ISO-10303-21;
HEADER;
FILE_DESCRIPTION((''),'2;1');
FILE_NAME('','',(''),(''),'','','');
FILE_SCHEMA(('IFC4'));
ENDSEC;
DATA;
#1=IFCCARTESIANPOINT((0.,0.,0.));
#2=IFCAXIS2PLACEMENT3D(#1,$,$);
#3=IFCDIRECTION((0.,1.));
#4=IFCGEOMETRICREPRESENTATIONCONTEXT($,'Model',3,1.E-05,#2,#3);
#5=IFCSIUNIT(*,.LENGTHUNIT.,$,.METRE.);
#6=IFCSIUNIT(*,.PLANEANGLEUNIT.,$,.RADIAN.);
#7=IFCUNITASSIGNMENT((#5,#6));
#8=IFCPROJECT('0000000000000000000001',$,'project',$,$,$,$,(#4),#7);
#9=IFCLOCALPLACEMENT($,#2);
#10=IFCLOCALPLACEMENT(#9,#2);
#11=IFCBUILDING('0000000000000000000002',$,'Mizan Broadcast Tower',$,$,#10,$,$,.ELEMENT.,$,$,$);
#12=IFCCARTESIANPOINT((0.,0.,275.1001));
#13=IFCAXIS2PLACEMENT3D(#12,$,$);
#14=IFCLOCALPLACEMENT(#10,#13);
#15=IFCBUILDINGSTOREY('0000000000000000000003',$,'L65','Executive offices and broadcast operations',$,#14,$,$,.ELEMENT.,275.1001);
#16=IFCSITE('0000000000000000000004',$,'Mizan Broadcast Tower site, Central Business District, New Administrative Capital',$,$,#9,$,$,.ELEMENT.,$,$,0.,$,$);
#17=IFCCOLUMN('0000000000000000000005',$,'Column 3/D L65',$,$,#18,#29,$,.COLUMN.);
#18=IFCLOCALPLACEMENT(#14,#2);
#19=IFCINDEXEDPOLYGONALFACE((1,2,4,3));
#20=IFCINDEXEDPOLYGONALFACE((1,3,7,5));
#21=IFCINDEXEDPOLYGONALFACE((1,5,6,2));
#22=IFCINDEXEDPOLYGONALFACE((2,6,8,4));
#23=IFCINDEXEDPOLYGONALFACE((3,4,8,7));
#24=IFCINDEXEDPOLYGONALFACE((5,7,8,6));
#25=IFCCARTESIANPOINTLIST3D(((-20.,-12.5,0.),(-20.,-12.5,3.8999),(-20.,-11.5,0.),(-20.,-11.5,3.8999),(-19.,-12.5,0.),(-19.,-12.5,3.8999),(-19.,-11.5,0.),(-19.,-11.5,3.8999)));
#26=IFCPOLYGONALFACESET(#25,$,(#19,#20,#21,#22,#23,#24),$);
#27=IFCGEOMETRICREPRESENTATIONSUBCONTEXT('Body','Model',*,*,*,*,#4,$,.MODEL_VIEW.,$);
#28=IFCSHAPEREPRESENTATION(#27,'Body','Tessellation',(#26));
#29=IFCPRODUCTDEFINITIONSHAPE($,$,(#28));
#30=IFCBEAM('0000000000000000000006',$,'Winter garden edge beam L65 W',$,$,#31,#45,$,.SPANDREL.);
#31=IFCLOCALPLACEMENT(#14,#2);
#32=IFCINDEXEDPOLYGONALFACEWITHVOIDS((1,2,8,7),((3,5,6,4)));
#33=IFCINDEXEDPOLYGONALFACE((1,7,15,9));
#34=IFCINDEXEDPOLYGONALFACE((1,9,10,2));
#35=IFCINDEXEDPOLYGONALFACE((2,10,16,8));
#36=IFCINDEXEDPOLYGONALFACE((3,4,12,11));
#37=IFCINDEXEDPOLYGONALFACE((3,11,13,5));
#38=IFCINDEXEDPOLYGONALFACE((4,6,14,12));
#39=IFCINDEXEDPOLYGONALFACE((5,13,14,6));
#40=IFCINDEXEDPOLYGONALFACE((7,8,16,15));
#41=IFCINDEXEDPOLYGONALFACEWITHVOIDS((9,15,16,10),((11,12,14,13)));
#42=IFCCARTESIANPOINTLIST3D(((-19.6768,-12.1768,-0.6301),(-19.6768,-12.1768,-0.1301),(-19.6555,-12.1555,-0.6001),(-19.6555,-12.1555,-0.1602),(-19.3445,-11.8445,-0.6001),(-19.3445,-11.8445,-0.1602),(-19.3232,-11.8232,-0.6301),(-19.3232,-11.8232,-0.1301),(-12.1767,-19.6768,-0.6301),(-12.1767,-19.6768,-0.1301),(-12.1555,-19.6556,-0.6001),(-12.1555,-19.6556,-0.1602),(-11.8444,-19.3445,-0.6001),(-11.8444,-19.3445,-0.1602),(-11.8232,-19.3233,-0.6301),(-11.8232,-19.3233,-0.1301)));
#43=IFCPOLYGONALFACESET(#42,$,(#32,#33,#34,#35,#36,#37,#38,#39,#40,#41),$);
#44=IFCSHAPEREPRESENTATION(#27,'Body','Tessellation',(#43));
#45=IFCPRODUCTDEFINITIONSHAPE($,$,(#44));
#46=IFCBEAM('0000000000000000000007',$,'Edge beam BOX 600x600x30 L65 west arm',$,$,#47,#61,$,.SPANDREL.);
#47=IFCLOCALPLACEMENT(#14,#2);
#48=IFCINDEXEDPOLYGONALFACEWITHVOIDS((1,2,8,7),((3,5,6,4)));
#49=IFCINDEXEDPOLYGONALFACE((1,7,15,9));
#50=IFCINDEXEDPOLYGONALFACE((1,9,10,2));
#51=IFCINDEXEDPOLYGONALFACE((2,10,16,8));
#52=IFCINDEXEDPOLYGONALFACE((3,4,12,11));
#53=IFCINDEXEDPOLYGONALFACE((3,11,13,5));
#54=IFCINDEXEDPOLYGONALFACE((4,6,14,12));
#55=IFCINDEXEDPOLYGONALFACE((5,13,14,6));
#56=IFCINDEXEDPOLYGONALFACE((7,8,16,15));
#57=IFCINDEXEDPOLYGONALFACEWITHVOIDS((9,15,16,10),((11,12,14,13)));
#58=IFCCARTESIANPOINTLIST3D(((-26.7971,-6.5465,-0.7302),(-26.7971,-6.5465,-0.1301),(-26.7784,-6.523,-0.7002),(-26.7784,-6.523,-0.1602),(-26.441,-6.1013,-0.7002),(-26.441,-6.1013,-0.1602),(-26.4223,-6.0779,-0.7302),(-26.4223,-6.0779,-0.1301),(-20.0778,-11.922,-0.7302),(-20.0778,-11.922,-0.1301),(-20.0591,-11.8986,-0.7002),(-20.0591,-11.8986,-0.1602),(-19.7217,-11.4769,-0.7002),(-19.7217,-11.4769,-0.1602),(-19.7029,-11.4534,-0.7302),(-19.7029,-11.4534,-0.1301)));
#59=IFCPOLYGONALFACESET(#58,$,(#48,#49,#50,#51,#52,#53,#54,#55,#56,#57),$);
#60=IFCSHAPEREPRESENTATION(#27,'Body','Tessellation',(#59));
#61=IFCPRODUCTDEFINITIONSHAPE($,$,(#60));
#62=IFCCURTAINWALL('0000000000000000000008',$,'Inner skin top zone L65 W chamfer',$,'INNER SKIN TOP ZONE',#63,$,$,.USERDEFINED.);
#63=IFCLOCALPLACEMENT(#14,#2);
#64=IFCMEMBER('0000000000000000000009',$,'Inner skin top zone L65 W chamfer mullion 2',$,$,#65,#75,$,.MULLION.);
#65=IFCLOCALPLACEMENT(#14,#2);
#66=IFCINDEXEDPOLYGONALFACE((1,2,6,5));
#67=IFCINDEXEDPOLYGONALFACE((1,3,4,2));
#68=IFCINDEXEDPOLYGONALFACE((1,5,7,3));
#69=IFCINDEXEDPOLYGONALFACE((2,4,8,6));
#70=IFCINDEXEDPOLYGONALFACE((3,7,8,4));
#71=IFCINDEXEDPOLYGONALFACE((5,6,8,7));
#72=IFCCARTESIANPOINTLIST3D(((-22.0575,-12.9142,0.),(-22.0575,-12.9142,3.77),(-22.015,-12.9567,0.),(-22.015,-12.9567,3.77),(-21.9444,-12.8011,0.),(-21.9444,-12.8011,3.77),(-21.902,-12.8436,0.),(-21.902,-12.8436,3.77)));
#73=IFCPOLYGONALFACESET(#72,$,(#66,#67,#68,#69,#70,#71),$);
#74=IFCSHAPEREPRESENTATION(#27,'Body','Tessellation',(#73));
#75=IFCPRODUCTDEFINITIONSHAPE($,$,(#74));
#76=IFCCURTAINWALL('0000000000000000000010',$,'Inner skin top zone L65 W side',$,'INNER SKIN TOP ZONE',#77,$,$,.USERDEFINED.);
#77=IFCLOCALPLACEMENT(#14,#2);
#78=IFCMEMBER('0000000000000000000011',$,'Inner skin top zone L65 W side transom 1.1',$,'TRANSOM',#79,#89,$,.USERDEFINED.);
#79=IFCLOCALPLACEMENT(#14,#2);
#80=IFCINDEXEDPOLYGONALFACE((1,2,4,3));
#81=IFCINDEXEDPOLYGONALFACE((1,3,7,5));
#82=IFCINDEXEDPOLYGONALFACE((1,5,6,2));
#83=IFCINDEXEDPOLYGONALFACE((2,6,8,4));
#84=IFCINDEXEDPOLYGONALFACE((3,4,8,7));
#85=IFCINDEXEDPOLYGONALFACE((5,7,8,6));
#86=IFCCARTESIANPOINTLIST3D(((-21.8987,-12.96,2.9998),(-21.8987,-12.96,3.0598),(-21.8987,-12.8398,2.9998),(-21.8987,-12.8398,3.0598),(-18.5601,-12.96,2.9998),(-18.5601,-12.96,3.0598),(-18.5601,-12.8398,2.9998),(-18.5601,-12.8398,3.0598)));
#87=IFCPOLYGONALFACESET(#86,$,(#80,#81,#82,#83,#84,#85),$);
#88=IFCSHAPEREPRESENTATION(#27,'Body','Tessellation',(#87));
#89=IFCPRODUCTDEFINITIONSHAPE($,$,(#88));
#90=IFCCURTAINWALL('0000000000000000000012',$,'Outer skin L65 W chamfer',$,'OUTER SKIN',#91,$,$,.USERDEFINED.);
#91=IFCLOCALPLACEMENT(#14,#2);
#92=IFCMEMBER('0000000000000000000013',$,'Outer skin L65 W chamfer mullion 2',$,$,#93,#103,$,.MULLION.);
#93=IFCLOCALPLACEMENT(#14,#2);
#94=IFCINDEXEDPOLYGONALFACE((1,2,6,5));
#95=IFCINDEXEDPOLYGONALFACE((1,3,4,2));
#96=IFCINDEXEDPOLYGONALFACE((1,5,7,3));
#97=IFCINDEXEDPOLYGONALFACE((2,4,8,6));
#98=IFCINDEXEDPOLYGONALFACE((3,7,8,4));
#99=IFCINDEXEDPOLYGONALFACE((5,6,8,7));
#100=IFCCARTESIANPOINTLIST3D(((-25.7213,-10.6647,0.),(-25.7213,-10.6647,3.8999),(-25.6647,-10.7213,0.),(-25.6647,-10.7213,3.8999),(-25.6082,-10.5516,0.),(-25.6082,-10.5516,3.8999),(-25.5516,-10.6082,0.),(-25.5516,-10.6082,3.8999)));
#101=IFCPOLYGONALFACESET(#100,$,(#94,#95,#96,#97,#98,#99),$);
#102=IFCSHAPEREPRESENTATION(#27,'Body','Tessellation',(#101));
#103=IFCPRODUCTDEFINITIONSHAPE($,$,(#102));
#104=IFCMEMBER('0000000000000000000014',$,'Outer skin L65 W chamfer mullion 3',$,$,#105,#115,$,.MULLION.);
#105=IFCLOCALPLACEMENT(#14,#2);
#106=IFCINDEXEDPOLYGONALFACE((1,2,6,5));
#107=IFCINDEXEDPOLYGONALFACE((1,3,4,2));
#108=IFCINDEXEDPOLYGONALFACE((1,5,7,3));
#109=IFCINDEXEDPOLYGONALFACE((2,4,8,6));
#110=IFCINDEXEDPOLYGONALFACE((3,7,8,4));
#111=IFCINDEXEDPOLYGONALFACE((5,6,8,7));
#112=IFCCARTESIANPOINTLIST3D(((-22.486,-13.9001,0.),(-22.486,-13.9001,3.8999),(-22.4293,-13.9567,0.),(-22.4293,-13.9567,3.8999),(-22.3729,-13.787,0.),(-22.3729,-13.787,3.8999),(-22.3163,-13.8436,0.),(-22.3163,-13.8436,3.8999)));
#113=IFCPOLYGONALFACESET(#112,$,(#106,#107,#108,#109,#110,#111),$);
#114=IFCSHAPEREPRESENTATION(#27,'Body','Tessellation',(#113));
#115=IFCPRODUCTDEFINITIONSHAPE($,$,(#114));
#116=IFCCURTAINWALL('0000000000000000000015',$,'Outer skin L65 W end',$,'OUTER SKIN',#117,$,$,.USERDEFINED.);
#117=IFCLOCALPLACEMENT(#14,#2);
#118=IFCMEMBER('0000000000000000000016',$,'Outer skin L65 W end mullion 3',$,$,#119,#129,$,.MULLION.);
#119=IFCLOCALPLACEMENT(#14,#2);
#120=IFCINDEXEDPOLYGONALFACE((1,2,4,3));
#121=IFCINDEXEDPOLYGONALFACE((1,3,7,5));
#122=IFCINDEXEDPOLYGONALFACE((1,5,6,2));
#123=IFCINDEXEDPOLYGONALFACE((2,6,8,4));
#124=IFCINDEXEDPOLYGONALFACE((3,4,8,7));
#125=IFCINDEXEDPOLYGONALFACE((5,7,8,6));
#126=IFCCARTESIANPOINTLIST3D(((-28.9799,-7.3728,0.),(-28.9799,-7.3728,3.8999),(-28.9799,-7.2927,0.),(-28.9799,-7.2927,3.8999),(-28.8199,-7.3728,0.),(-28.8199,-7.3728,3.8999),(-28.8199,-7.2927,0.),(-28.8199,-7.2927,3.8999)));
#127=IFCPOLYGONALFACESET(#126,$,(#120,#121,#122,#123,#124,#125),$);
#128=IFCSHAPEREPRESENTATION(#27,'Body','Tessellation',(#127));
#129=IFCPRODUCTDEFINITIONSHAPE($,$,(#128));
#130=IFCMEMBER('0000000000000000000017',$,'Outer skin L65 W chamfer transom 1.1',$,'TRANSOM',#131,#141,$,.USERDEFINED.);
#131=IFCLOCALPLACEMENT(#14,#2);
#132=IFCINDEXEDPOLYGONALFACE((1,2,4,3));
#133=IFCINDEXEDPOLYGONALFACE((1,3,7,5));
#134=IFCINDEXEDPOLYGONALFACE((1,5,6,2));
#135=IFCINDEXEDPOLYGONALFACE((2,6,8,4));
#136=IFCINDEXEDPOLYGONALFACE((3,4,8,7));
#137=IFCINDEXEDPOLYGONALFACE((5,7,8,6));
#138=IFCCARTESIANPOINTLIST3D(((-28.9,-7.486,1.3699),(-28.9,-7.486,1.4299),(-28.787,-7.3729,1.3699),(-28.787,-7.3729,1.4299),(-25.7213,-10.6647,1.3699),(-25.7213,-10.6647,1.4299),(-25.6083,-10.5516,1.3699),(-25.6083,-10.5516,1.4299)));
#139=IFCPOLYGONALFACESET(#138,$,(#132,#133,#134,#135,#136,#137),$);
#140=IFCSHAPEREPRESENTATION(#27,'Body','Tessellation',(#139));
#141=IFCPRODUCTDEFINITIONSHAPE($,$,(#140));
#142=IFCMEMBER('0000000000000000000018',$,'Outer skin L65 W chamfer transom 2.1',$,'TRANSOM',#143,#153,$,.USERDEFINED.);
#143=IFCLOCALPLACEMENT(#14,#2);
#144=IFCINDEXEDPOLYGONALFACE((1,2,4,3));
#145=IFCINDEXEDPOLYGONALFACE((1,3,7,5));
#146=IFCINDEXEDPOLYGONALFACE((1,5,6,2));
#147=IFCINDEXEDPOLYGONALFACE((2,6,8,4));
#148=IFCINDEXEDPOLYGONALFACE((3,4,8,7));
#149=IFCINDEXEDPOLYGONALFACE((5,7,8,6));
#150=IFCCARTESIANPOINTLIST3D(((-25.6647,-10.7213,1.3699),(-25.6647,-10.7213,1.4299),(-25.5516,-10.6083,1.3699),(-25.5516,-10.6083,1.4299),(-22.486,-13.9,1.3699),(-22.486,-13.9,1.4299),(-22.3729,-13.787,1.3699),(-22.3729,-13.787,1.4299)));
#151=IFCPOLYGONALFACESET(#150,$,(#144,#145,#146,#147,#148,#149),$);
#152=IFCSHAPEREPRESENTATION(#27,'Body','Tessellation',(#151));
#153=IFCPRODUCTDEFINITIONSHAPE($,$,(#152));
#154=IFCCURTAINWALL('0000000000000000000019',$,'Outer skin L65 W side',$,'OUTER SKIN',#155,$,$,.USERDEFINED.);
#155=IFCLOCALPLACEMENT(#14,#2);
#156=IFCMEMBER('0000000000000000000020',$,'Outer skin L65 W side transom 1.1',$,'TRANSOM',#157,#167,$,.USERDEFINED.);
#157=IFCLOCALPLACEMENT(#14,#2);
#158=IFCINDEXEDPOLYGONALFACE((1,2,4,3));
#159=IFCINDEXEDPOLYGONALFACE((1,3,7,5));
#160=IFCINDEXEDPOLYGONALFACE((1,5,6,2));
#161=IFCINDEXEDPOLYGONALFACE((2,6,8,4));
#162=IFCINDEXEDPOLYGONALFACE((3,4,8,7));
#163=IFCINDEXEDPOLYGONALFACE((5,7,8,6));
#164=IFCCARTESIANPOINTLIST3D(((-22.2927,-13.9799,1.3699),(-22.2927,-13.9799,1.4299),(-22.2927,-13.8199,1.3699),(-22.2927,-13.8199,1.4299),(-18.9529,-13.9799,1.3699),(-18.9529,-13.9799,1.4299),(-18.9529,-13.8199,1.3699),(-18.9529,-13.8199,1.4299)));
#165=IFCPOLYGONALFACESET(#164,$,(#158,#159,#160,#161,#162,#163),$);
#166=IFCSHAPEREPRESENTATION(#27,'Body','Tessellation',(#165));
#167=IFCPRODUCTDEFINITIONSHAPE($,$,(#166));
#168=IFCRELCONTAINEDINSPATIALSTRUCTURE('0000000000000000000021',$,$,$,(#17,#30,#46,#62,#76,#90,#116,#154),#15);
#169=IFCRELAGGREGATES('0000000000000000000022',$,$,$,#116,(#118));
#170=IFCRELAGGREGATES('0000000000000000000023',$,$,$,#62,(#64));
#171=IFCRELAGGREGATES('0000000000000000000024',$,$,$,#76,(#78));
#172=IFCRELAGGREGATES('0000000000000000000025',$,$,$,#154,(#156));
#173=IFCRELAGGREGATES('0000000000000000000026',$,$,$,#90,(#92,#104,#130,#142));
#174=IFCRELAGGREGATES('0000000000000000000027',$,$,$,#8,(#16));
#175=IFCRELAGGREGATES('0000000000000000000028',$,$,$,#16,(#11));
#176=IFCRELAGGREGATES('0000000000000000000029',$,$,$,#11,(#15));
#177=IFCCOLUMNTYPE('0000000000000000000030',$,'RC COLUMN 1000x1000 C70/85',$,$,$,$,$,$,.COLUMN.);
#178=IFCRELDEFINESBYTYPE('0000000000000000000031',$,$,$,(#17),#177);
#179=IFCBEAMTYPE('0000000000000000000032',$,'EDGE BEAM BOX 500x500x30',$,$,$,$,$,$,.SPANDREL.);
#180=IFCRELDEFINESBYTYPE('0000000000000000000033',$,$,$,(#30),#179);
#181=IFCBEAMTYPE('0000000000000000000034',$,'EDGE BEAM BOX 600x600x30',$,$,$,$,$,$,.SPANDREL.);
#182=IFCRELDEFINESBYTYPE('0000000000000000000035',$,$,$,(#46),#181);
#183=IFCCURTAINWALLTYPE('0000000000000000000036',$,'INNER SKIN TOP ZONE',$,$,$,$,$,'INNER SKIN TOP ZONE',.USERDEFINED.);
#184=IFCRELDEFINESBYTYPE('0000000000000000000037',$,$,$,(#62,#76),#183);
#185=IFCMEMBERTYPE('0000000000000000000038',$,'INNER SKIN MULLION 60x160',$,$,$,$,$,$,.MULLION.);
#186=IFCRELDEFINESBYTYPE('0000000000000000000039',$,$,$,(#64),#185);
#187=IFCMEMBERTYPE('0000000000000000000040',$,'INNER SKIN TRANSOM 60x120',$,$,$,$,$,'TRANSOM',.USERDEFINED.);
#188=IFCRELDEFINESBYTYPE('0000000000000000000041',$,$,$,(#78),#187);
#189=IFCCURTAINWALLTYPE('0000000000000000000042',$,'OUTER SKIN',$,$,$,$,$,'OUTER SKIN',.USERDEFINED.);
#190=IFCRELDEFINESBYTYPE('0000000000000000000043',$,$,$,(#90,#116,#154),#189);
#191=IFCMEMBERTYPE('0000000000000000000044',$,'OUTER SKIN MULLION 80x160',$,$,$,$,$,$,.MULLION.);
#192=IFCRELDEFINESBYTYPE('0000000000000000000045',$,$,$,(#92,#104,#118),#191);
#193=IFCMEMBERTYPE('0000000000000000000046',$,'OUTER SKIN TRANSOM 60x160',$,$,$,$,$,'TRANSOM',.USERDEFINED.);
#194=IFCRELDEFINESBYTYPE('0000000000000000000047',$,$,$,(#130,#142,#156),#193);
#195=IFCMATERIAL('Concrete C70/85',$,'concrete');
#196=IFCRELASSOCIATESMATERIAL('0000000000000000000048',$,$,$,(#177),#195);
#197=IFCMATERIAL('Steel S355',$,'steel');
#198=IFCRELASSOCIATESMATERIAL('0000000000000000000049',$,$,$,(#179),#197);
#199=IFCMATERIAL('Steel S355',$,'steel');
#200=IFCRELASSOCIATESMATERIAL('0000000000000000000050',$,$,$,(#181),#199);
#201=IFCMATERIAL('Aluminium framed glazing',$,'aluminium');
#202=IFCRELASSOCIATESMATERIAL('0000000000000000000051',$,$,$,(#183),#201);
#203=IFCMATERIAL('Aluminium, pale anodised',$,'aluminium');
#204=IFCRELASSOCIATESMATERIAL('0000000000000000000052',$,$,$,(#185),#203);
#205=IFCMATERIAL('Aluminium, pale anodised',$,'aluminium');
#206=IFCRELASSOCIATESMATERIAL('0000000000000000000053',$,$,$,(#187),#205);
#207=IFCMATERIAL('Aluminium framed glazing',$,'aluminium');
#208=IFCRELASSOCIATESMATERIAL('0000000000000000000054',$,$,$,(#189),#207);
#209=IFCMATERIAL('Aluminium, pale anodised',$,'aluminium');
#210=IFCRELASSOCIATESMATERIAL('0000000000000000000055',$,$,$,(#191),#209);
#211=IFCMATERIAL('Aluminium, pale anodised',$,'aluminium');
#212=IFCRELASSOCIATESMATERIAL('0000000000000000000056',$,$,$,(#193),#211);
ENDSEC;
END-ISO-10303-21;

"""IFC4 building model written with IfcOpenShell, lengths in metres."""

from ifc_helpers import new_model, si_unit, direction, frame, origin, origin_2d, place, context, subcontext, project, spatial, rectangle, hollow_rectangle, extrude, material, material_profile, profile_set, type_object, element, aggregate, save


model = new_model("IFC4")

# Units and contexts
model_context = context("Model", 3, precision=1e-05, world=origin(), true_north=direction((0.0, 1.0)))
body_context = subcontext(model_context, "Body", "Model", "MODEL_VIEW")
ifc_project = project(units=[si_unit("LENGTHUNIT", "METRE"), si_unit("PLANEANGLEUNIT", "RADIAN")], contexts=[model_context])

# Site, building, storey
site_placement = place(None, origin())
site = spatial("IfcSite", under=ifc_project, at=site_placement, Name="Mizan Broadcast Tower site, Central Business District, New Administrative Capital", CompositionType="ELEMENT", RefElevation=0.0)
building_placement = place(site_placement, origin())
building = spatial("IfcBuilding", under=site, at=building_placement, Name="Mizan Broadcast Tower", CompositionType="ELEMENT")
storey_placement = place(building_placement, frame((0.0, 0.0, 275.1001)))
storey = spatial("IfcBuildingStorey", under=building, at=storey_placement, Name="L65", Description="Executive offices and broadcast operations", CompositionType="ELEMENT", Elevation=275.1001)

# Column
ifc_material_1 = material(Name="Concrete C70/85", Category="concrete")
ifc_material_profile_1 = material_profile(ifc_material_1, rectangle(XDim=1.0, YDim=1.0, at=origin_2d()), Name="RC 1000x1000")
ifc_profile_set_1 = profile_set([ifc_material_profile_1], Name="Concrete C70/85")
column_type = type_object("IfcColumnType", Name="RC COLUMN 1000x1000 C70/85", PredefinedType="COLUMN", material=ifc_profile_set_1)
column_placement = place(storey_placement, frame((-19.5, -12.0, 0.0), z_axis=(0.0, 0.0, 1.0), x_axis=(1.0, 0.0, 0.0)))
element("IfcColumn", 1, at=column_placement, inside=storey, type_object=column_type, Name="Column 3/D L65", PredefinedType="COLUMN", context=body_context, shape_type="SweptSolid", body=[
    extrude(rectangle(XDim=1.0, YDim=1.0, at=origin_2d()), origin(), (0.0, 0.0, 1.0), 3.8999),
])

# Beams
ifc_material_2 = material(Name="Steel S355", Category="steel")
ifc_material_profile_2 = material_profile(ifc_material_2, hollow_rectangle(XDim=0.5, YDim=0.5, WallThickness=0.03, at=origin_2d()), Name="BOX 500x500x30")
ifc_profile_set_2 = profile_set([ifc_material_profile_2], Name="Steel S355")
beam_type_1 = type_object("IfcBeamType", Name="EDGE BEAM BOX 500x500x30", PredefinedType="SPANDREL", material=ifc_profile_set_2)
beam_1_placement = place(storey_placement, frame((-19.5, -12.0, -0.3801), z_axis=(0.707107, -0.707107, 0.0), x_axis=(0.707107, 0.707107, 0.0)))
element("IfcBeam", 2, at=beam_1_placement, inside=storey, type_object=beam_type_1, Name="Winter garden edge beam L65 W", PredefinedType="SPANDREL", context=body_context, shape_type="SweptSolid", body=[
    extrude(hollow_rectangle(XDim=0.5, YDim=0.5, WallThickness=0.03, at=origin_2d()), origin(), (0.0, 0.0, 1.0), 10.6067),
])
ifc_material_3 = material(Name="Steel S355", Category="steel")
ifc_material_profile_3 = material_profile(ifc_material_3, hollow_rectangle(XDim=0.6001, YDim=0.6001, WallThickness=0.03, at=origin_2d()), Name="BOX 600x600x30")
ifc_profile_set_3 = profile_set([ifc_material_profile_3], Name="Steel S355")
beam_type_2 = type_object("IfcBeamType", Name="EDGE BEAM BOX 600x600x30", PredefinedType="SPANDREL", material=ifc_profile_set_3)
beam_2_placement = place(storey_placement, frame((-19.8904, -11.6877, -0.4302), z_axis=(-0.780863, 0.624702, 0.0), x_axis=(-0.624702, -0.780863, 0.0)))
element("IfcBeam", 3, at=beam_2_placement, inside=storey, type_object=beam_type_2, Name="Edge beam BOX 600x600x30 L65 west arm", PredefinedType="SPANDREL", context=body_context, shape_type="SweptSolid", body=[
    extrude(hollow_rectangle(XDim=0.6001, YDim=0.6001, WallThickness=0.03, at=origin_2d()), origin(), (0.0, 0.0, 1.0), 8.605),
])

# Curtain walls, members
ifc_material_4 = material(Name="Aluminium framed glazing", Category="aluminium")
curtain_wall_type_1 = type_object("IfcCurtainWallType", Name="INNER SKIN TOP ZONE", ElementType="INNER SKIN TOP ZONE", PredefinedType="USERDEFINED", material=ifc_material_4)
curtain_wall_1_placement = place(storey_placement, origin())
curtain_wall_1 = element("IfcCurtainWall", 4, at=curtain_wall_1_placement, inside=storey, type_object=curtain_wall_type_1, Name="Inner skin top zone L65 W chamfer", ObjectType="INNER SKIN TOP ZONE", PredefinedType="USERDEFINED")
ifc_material_5 = material(Name="Aluminium, pale anodised", Category="aluminium")
ifc_material_profile_4 = material_profile(ifc_material_5, rectangle(XDim=0.1599, YDim=0.0601, at=origin_2d()), Name="MULLION 160x60")
ifc_profile_set_4 = profile_set([ifc_material_profile_4], Name="Aluminium, pale anodised")
member_type_1 = type_object("IfcMemberType", Name="INNER SKIN MULLION 60x160", PredefinedType="MULLION", material=ifc_profile_set_4)
member_1_placement = place(storey_placement, frame((-21.9797, -12.8789, 0.0), z_axis=(0.0, 0.0, 1.0), x_axis=(0.707107, 0.707107, 0.0)))
member_1 = element("IfcMember", 5, at=member_1_placement, type_object=member_type_1, Name="Inner skin top zone L65 W chamfer mullion 2", PredefinedType="MULLION", context=body_context, shape_type="SweptSolid", body=[
    extrude(rectangle(XDim=0.1599, YDim=0.0601, at=origin_2d()), origin(), (0.0, 0.0, 1.0), 3.77),
])
curtain_wall_2_placement = place(storey_placement, origin())
curtain_wall_2 = element("IfcCurtainWall", 6, at=curtain_wall_2_placement, inside=storey, type_object=curtain_wall_type_1, Name="Inner skin top zone L65 W side", ObjectType="INNER SKIN TOP ZONE", PredefinedType="USERDEFINED")
ifc_material_6 = material(Name="Aluminium, pale anodised", Category="aluminium")
ifc_material_profile_5 = material_profile(ifc_material_6, rectangle(XDim=0.1201, YDim=0.0601, at=origin_2d()), Name="TRANSOM 120x60")
ifc_profile_set_5 = profile_set([ifc_material_profile_5], Name="Aluminium, pale anodised")
member_type_2 = type_object("IfcMemberType", Name="INNER SKIN TRANSOM 60x120", ElementType="TRANSOM", PredefinedType="USERDEFINED", material=ifc_profile_set_5)
member_2_placement = place(storey_placement, frame((-21.8987, -12.8999, 3.0298), z_axis=(1.0, 0.0, 0.0), x_axis=(0.0, 1.0, 0.0)))
member_2 = element("IfcMember", 7, at=member_2_placement, type_object=member_type_2, Name="Inner skin top zone L65 W side transom 1.1", ObjectType="TRANSOM", PredefinedType="USERDEFINED", context=body_context, shape_type="SweptSolid", body=[
    extrude(rectangle(XDim=0.1201, YDim=0.0601, at=origin_2d()), origin(), (0.0, 0.0, 1.0), 3.3386),
])

# Curtain wall, members
ifc_material_7 = material(Name="Aluminium framed glazing", Category="aluminium")
curtain_wall_type_2 = type_object("IfcCurtainWallType", Name="OUTER SKIN", ElementType="OUTER SKIN", PredefinedType="USERDEFINED", material=ifc_material_7)
curtain_wall_3_placement = place(storey_placement, origin())
curtain_wall_3 = element("IfcCurtainWall", 8, at=curtain_wall_3_placement, inside=storey, type_object=curtain_wall_type_2, Name="Outer skin L65 W chamfer", ObjectType="OUTER SKIN", PredefinedType="USERDEFINED")
ifc_material_8 = material(Name="Aluminium, pale anodised", Category="aluminium")
ifc_material_profile_6 = material_profile(ifc_material_8, rectangle(XDim=0.1599, YDim=0.0801, at=origin_2d()), Name="MULLION 160x80")
ifc_profile_set_6 = profile_set([ifc_material_profile_6], Name="Aluminium, pale anodised")
member_type_3 = type_object("IfcMemberType", Name="OUTER SKIN MULLION 80x160", PredefinedType="MULLION", material=ifc_profile_set_6)
member_3_placement = place(storey_placement, frame((-25.6365, -10.6365, 0.0), z_axis=(0.0, 0.0, 1.0), x_axis=(0.707107, 0.707107, 0.0)))
member_3 = element("IfcMember", 9, at=member_3_placement, type_object=member_type_3, Name="Outer skin L65 W chamfer mullion 2", PredefinedType="MULLION", context=body_context, shape_type="SweptSolid", body=[
    extrude(rectangle(XDim=0.1599, YDim=0.0801, at=origin_2d()), origin(), (0.0, 0.0, 1.0), 3.8999),
])
member_4_placement = place(storey_placement, frame((-22.4011, -13.8718, 0.0), z_axis=(0.0, 0.0, 1.0), x_axis=(0.707107, 0.707107, 0.0)))
member_4 = element("IfcMember", 10, at=member_4_placement, type_object=member_type_3, Name="Outer skin L65 W chamfer mullion 3", PredefinedType="MULLION", context=body_context, shape_type="SweptSolid", body=[
    extrude(rectangle(XDim=0.1599, YDim=0.0801, at=origin_2d()), origin(), (0.0, 0.0, 1.0), 3.8999),
])

# Curtain wall, member
curtain_wall_4_placement = place(storey_placement, origin())
curtain_wall_4 = element("IfcCurtainWall", 11, at=curtain_wall_4_placement, inside=storey, type_object=curtain_wall_type_2, Name="Outer skin L65 W end", ObjectType="OUTER SKIN", PredefinedType="USERDEFINED")
member_5_placement = place(storey_placement, frame((-28.8999, -7.3328, 0.0), z_axis=(0.0, 0.0, 1.0), x_axis=(1.0, 0.0, 0.0)))
member_5 = element("IfcMember", 12, at=member_5_placement, type_object=member_type_3, Name="Outer skin L65 W end mullion 3", PredefinedType="MULLION", context=body_context, shape_type="SweptSolid", body=[
    extrude(rectangle(XDim=0.1599, YDim=0.0801, at=origin_2d()), origin(), (0.0, 0.0, 1.0), 3.8999),
])
aggregate(curtain_wall_4, [member_5])

# Members
ifc_material_9 = material(Name="Aluminium, pale anodised", Category="aluminium")
ifc_material_profile_7 = material_profile(ifc_material_9, rectangle(XDim=0.1599, YDim=0.0601, at=origin_2d()), Name="TRANSOM 160x60")
ifc_profile_set_7 = profile_set([ifc_material_profile_7], Name="Aluminium, pale anodised")
member_type_4 = type_object("IfcMemberType", Name="OUTER SKIN TRANSOM 60x160", ElementType="TRANSOM", PredefinedType="USERDEFINED", material=ifc_profile_set_7)
member_6_placement = place(storey_placement, frame((-28.8435, -7.4294, 1.3999), z_axis=(0.707107, -0.707107, 0.0), x_axis=(0.707107, 0.707107, 0.0)))
member_6 = element("IfcMember", 13, at=member_6_placement, type_object=member_type_4, Name="Outer skin L65 W chamfer transom 1.1", ObjectType="TRANSOM", PredefinedType="USERDEFINED", context=body_context, shape_type="SweptSolid", body=[
    extrude(rectangle(XDim=0.1599, YDim=0.0601, at=origin_2d()), origin(), (0.0, 0.0, 1.0), 4.4954),
])
member_7_placement = place(storey_placement, frame((-25.6082, -10.6648, 1.3999), z_axis=(0.707107, -0.707107, 0.0), x_axis=(0.707107, 0.707107, 0.0)))
member_7 = element("IfcMember", 14, at=member_7_placement, type_object=member_type_4, Name="Outer skin L65 W chamfer transom 2.1", ObjectType="TRANSOM", PredefinedType="USERDEFINED", context=body_context, shape_type="SweptSolid", body=[
    extrude(rectangle(XDim=0.1599, YDim=0.0601, at=origin_2d()), origin(), (0.0, 0.0, 1.0), 4.4954),
])

# Curtain wall, member
curtain_wall_5_placement = place(storey_placement, origin())
curtain_wall_5 = element("IfcCurtainWall", 15, at=curtain_wall_5_placement, inside=storey, type_object=curtain_wall_type_2, Name="Outer skin L65 W side", ObjectType="OUTER SKIN", PredefinedType="USERDEFINED")
member_8_placement = place(storey_placement, frame((-22.2927, -13.8999, 1.3999), z_axis=(1.0, 0.0, 0.0), x_axis=(0.0, 1.0, 0.0)))
member_8 = element("IfcMember", 16, at=member_8_placement, type_object=member_type_4, Name="Outer skin L65 W side transom 1.1", ObjectType="TRANSOM", PredefinedType="USERDEFINED", context=body_context, shape_type="SweptSolid", body=[
    extrude(rectangle(XDim=0.1599, YDim=0.0601, at=origin_2d()), origin(), (0.0, 0.0, 1.0), 3.3398),
])

aggregate(curtain_wall_1, [member_1])
aggregate(curtain_wall_2, [member_2])
aggregate(curtain_wall_5, [member_8])
aggregate(curtain_wall_3, [member_3, member_4, member_6, member_7])

save(model, "model.ifc")
